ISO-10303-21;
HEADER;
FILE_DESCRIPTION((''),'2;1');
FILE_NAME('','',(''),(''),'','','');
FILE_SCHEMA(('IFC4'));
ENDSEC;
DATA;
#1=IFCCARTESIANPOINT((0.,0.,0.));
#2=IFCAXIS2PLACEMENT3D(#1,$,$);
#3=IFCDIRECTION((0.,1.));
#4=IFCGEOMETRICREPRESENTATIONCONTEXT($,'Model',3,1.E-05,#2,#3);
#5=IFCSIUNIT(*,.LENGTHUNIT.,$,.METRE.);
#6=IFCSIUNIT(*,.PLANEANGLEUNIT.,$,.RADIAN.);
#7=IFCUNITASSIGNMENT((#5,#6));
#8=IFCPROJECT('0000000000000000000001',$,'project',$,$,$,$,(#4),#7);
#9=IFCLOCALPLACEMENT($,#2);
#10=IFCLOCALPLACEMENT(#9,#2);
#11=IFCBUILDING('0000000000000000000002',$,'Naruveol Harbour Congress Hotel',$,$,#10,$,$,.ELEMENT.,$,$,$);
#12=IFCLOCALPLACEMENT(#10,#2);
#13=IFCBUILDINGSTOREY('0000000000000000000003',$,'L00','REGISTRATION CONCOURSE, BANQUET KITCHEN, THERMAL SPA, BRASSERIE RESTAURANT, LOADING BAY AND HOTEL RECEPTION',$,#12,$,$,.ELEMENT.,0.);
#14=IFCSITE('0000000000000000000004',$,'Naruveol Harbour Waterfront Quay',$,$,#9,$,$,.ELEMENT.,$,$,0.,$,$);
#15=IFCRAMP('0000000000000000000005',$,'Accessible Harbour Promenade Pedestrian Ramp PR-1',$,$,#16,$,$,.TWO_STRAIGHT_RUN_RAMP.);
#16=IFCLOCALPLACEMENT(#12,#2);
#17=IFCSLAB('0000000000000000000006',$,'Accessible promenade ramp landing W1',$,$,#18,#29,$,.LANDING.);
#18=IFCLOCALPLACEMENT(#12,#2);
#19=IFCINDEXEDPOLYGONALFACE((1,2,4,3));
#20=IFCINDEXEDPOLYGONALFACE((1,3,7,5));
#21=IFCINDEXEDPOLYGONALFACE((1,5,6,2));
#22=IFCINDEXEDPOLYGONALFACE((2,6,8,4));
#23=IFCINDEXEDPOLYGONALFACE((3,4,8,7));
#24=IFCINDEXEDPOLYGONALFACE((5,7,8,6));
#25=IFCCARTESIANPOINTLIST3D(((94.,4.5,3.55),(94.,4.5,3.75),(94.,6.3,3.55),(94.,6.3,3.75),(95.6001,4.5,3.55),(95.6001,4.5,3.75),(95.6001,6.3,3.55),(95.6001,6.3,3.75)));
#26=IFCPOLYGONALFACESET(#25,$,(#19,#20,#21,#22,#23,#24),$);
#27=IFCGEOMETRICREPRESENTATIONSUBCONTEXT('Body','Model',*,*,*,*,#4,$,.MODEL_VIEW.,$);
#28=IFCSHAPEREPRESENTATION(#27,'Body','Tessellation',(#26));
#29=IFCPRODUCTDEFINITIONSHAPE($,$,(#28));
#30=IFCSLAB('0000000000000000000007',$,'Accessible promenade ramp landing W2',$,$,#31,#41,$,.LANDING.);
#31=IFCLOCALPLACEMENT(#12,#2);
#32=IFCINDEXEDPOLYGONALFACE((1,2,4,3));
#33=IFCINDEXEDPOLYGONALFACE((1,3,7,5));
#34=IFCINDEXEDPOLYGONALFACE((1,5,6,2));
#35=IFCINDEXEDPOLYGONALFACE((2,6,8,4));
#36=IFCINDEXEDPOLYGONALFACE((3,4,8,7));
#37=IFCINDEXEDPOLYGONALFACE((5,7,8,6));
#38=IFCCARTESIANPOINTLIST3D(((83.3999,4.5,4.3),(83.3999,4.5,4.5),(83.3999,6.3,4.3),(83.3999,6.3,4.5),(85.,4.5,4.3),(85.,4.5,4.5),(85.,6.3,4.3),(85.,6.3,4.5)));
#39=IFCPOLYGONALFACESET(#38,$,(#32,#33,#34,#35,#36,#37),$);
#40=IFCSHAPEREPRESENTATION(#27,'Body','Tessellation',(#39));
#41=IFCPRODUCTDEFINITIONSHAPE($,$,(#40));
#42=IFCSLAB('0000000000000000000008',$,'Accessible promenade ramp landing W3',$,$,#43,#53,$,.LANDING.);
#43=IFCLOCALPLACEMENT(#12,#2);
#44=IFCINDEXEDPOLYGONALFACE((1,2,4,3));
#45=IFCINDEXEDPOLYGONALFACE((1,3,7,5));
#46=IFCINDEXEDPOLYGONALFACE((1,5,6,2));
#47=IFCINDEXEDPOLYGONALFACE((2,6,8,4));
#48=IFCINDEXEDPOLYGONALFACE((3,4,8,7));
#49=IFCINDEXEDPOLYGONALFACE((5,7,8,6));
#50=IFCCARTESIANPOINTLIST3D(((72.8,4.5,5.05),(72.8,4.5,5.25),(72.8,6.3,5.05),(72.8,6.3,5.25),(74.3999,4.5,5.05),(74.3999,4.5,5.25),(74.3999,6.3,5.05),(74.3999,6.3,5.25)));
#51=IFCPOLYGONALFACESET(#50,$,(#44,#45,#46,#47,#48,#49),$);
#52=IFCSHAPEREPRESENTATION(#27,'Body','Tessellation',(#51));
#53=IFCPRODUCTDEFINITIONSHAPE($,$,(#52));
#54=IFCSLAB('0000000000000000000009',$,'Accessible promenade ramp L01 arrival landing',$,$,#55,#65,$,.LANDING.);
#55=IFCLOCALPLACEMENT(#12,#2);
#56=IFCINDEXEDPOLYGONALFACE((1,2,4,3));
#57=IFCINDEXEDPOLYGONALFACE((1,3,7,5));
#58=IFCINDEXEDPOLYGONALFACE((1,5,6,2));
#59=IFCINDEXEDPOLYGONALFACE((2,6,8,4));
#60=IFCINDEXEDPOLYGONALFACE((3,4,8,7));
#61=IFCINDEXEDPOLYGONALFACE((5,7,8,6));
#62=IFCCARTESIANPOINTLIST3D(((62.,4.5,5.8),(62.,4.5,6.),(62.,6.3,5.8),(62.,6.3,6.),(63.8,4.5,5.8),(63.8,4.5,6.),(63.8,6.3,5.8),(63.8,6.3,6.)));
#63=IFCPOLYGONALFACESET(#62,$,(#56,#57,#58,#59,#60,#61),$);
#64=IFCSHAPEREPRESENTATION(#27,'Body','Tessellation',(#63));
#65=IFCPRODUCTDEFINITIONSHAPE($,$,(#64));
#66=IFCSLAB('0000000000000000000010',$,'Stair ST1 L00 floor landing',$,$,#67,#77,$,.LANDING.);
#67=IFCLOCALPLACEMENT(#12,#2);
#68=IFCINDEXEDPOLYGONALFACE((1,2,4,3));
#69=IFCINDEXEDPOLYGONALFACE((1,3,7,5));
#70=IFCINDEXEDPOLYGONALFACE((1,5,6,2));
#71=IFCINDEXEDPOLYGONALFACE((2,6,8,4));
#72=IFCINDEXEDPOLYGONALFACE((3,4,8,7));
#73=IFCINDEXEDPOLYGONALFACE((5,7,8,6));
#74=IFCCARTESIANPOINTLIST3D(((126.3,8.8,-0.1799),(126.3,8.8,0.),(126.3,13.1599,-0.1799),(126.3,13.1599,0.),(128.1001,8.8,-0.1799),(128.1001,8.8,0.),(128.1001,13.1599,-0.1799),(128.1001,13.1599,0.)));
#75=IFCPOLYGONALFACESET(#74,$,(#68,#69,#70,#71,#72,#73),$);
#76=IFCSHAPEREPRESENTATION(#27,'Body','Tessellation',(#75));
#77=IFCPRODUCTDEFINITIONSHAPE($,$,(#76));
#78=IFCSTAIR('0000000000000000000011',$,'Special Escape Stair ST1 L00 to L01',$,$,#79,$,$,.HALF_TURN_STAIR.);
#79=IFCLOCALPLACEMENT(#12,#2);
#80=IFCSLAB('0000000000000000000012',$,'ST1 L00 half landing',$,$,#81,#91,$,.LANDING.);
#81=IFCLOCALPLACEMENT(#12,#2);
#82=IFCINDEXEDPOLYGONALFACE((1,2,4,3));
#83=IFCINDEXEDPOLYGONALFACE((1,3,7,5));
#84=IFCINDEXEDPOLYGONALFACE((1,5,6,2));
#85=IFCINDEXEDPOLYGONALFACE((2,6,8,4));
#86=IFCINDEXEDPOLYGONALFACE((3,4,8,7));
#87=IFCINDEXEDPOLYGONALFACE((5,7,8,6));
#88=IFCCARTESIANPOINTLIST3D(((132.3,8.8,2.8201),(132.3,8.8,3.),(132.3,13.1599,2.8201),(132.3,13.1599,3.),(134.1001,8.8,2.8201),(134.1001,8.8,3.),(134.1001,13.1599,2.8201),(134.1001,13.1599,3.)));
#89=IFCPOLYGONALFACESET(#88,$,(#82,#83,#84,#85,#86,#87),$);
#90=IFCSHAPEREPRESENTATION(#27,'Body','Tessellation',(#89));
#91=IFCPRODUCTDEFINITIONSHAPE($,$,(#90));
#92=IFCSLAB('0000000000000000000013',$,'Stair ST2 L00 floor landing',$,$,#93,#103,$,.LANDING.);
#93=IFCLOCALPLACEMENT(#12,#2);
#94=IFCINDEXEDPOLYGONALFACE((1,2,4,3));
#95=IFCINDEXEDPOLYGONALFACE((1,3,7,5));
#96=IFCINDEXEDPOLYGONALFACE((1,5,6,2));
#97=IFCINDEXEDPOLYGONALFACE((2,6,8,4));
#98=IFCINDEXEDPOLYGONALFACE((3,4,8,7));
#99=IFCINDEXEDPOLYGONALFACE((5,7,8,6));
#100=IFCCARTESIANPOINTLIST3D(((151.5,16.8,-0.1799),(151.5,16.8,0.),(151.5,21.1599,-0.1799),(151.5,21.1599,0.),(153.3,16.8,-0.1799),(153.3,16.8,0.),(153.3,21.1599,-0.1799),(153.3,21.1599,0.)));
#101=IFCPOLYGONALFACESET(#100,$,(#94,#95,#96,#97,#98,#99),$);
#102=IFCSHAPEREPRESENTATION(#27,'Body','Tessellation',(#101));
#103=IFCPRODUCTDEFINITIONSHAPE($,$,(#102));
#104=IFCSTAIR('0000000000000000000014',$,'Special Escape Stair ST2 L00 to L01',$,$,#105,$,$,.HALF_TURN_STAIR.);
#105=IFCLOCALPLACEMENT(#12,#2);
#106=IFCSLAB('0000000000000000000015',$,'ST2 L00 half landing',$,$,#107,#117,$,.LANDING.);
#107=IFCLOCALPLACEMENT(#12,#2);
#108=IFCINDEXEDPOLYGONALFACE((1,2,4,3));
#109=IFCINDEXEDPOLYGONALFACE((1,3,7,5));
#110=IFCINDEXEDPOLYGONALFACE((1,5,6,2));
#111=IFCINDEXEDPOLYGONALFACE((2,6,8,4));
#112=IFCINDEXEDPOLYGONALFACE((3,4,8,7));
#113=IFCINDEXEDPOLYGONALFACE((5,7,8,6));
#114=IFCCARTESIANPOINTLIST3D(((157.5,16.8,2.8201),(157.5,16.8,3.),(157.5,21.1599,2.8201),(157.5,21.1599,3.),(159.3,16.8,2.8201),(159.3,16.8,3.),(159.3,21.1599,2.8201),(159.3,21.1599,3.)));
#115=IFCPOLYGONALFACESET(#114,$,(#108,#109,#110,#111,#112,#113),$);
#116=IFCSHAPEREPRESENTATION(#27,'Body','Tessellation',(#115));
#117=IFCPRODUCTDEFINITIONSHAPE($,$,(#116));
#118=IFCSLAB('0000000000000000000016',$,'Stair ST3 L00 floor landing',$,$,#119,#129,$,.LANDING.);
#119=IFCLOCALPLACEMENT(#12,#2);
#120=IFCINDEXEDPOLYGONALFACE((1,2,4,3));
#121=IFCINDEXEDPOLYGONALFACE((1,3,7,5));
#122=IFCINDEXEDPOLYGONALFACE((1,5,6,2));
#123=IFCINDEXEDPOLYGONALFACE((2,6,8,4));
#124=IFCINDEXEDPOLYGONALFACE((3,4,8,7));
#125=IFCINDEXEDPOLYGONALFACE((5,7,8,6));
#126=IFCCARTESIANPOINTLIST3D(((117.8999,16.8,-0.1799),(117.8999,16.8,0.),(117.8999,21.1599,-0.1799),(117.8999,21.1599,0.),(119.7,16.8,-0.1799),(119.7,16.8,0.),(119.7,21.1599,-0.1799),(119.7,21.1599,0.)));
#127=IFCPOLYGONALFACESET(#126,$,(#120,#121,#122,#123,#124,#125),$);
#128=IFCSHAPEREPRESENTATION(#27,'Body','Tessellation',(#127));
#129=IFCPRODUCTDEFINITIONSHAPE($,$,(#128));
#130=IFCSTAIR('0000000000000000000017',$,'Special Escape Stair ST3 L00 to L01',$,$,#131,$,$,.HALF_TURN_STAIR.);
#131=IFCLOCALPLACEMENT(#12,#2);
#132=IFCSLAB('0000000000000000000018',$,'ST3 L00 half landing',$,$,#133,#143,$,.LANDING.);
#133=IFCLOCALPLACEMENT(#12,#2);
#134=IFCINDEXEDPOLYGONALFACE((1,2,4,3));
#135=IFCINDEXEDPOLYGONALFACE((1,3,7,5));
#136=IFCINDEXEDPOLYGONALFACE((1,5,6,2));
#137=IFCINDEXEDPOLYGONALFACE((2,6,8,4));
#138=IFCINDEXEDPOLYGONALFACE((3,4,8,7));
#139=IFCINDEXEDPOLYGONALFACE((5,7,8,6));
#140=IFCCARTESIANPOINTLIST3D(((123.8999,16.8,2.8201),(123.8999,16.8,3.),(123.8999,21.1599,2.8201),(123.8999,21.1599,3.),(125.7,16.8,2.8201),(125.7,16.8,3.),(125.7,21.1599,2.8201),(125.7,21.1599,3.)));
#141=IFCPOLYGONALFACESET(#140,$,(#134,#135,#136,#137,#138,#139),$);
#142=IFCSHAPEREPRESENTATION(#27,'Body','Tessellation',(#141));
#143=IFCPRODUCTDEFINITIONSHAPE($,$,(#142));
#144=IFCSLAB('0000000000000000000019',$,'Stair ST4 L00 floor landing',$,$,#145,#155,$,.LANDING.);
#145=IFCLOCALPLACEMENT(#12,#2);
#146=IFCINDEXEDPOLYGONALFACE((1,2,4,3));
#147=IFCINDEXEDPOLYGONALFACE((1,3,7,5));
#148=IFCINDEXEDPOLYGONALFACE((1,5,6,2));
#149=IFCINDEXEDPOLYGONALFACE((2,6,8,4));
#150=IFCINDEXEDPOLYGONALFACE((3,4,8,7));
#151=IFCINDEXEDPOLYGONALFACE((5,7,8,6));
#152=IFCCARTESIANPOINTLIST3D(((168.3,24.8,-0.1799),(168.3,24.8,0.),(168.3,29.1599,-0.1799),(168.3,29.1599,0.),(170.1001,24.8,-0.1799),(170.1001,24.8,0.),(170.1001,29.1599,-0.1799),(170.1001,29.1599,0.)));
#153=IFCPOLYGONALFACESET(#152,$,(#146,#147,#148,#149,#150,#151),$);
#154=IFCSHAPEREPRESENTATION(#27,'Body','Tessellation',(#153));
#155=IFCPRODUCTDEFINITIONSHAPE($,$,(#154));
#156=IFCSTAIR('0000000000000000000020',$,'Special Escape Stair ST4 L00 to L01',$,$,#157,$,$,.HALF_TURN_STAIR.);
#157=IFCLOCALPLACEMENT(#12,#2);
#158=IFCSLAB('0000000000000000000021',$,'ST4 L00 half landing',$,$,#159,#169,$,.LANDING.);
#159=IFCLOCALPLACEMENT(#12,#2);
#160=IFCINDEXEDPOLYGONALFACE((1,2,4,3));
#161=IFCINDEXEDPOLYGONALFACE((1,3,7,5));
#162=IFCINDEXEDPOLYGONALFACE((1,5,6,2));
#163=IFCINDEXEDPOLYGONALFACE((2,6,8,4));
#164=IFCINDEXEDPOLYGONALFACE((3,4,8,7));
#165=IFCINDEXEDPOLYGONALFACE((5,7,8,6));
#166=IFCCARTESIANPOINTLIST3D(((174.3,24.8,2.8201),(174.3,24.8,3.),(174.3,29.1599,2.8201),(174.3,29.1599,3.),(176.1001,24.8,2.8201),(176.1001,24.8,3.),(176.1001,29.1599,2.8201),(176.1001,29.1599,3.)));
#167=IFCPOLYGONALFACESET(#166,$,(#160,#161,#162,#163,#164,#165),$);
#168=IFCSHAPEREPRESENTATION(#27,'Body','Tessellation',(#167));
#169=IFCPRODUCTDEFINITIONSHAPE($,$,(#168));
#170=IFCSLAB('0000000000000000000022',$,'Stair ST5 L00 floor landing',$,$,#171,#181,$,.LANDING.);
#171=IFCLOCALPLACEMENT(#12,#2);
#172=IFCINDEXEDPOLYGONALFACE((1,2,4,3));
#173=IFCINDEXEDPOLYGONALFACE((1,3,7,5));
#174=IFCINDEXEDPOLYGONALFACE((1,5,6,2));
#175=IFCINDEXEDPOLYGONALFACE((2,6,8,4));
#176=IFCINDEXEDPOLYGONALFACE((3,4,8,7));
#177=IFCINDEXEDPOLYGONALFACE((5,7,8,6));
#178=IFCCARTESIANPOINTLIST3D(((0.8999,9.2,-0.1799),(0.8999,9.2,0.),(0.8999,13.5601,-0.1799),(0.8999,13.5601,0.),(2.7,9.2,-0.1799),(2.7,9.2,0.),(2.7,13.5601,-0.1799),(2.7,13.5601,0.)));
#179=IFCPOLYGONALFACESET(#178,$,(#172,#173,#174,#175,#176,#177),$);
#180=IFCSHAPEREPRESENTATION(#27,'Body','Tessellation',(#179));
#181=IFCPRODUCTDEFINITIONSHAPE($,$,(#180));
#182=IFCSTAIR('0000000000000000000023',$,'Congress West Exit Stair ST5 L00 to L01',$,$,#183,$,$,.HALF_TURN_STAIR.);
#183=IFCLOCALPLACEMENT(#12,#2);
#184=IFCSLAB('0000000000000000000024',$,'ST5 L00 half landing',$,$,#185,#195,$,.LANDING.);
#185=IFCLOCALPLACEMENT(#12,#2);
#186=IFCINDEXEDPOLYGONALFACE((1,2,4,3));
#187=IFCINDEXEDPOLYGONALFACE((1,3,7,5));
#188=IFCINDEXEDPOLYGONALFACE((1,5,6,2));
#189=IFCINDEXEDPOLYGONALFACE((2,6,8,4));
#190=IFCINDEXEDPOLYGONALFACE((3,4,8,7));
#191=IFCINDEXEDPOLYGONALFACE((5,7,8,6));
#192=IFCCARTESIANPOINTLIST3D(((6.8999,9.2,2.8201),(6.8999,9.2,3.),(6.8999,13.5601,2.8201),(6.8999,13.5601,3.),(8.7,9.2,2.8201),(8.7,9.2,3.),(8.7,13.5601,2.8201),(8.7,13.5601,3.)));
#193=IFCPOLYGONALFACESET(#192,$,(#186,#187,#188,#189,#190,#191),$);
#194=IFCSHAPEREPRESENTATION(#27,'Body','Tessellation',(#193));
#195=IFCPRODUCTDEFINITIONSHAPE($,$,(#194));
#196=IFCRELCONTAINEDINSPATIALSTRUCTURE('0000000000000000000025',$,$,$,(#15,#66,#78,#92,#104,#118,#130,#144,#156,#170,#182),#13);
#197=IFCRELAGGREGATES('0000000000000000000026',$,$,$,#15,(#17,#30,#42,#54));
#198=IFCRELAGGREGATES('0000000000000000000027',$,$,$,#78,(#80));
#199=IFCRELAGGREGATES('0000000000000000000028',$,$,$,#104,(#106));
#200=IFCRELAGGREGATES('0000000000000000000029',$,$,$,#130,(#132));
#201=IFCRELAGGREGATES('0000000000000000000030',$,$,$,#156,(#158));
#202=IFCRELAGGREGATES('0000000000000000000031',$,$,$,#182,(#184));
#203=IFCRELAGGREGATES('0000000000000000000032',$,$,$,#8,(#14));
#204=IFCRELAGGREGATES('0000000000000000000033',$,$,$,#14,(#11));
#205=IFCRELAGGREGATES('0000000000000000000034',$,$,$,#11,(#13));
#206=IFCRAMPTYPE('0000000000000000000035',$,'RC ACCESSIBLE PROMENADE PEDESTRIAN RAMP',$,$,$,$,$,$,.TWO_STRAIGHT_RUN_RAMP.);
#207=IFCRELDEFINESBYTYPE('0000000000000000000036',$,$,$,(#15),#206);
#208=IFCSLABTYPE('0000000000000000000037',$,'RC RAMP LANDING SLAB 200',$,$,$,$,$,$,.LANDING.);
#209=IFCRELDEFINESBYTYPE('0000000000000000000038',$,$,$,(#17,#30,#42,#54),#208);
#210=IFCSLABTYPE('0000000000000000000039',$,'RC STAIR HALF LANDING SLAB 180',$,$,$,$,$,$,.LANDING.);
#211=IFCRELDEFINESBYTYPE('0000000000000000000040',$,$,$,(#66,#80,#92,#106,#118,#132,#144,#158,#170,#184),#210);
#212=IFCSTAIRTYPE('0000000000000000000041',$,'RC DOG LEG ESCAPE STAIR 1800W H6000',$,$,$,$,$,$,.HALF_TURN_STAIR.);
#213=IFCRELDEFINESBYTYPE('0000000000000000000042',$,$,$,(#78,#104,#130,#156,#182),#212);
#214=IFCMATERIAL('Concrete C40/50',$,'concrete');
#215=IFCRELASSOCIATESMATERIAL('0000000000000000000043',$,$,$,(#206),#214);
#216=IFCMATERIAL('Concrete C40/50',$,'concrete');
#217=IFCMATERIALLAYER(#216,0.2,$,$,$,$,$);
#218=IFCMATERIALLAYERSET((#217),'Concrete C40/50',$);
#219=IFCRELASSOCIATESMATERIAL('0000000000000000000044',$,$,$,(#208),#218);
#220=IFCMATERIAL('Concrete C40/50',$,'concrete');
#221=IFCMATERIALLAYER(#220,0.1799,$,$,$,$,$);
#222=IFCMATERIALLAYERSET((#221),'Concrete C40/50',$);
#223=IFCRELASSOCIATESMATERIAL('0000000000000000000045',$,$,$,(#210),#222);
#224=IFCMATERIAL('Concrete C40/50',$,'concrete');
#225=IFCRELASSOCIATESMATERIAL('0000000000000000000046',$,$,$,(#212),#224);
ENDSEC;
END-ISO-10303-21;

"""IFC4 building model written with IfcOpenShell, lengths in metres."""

from ifc_helpers import new_model, si_unit, direction, frame, origin, place, context, subcontext, project, spatial, polyline, outline, extrude, material, layer, layer_set, type_object, element, aggregate, save


model = new_model("IFC4")

# Units and contexts
model_context = context("Model", 3, precision=1e-05, world=origin(), true_north=direction((0.0, 1.0)))
body_context = subcontext(model_context, "Body", "Model", "MODEL_VIEW")
ifc_project = project(units=[si_unit("LENGTHUNIT", "METRE"), si_unit("PLANEANGLEUNIT", "RADIAN")], contexts=[model_context])

# Site, building, storey
site_placement = place(None, origin())
site = spatial("IfcSite", under=ifc_project, at=site_placement, Name="Naruveol Harbour Waterfront Quay", CompositionType="ELEMENT", RefElevation=0.0)
building_placement = place(site_placement, origin())
building = spatial("IfcBuilding", under=site, at=building_placement, Name="Naruveol Harbour Congress Hotel", CompositionType="ELEMENT")
storey_placement = place(building_placement, origin())
storey = spatial("IfcBuildingStorey", under=building, at=storey_placement, Name="L00", Description="REGISTRATION CONCOURSE, BANQUET KITCHEN, THERMAL SPA, BRASSERIE RESTAURANT, LOADING BAY AND HOTEL RECEPTION", CompositionType="ELEMENT", Elevation=0.0)

# Ramp, slabs
ifc_material_1 = material(Name="Concrete C40/50", Category="concrete")
ramp_type = type_object("IfcRampType", Name="RC ACCESSIBLE PROMENADE PEDESTRIAN RAMP", PredefinedType="TWO_STRAIGHT_RUN_RAMP", material=ifc_material_1)
ramp_placement = place(storey_placement, origin())
ramp = element("IfcRamp", 1, at=ramp_placement, inside=storey, type_object=ramp_type, Name="Accessible Harbour Promenade Pedestrian Ramp PR-1", PredefinedType="TWO_STRAIGHT_RUN_RAMP")
ifc_material_2 = material(Name="Concrete C40/50", Category="concrete")
ifc_layer_1 = layer(ifc_material_2, 0.2)
ifc_layer_set_1 = layer_set([ifc_layer_1], Name="Concrete C40/50")
slab_type_1 = type_object("IfcSlabType", Name="RC RAMP LANDING SLAB 200", PredefinedType="LANDING", material=ifc_layer_set_1)
slab_1_placement = place(storey_placement, frame((0.0, 0.0, 3.55)))
slab_1 = element("IfcSlab", 2, at=slab_1_placement, type_object=slab_type_1, Name="Accessible promenade ramp landing W1", PredefinedType="LANDING", context=body_context, shape_type="SweptSolid", body=[
    extrude(outline(polyline([(94.0, 4.5), (95.6001, 4.5), (95.6001, 6.3), (94.0, 6.3), (94.0, 4.5)])), origin(), (0.0, 0.0, 1.0), 0.2),
])
slab_2_placement = place(storey_placement, frame((0.0, 0.0, 4.3)))
slab_2 = element("IfcSlab", 3, at=slab_2_placement, type_object=slab_type_1, Name="Accessible promenade ramp landing W2", PredefinedType="LANDING", context=body_context, shape_type="SweptSolid", body=[
    extrude(outline(polyline([(83.3999, 4.5), (85.0, 4.5), (85.0, 6.3), (83.3999, 6.3), (83.3999, 4.5)])), origin(), (0.0, 0.0, 1.0), 0.2),
])
slab_3_placement = place(storey_placement, frame((0.0, 0.0, 5.05)))
slab_3 = element("IfcSlab", 4, at=slab_3_placement, type_object=slab_type_1, Name="Accessible promenade ramp landing W3", PredefinedType="LANDING", context=body_context, shape_type="SweptSolid", body=[
    extrude(outline(polyline([(72.8, 4.5), (74.3999, 4.5), (74.3999, 6.3), (72.8, 6.3), (72.8, 4.5)])), origin(), (0.0, 0.0, 1.0), 0.2),
])
slab_4_placement = place(storey_placement, frame((0.0, 0.0, 5.8)))
slab_4 = element("IfcSlab", 5, at=slab_4_placement, type_object=slab_type_1, Name="Accessible promenade ramp L01 arrival landing", PredefinedType="LANDING", context=body_context, shape_type="SweptSolid", body=[
    extrude(outline(polyline([(62.0, 4.5), (63.8, 4.5), (63.8, 6.3), (62.0, 6.3), (62.0, 4.5)])), origin(), (0.0, 0.0, 1.0), 0.2),
])
aggregate(ramp, [slab_1, slab_2, slab_3, slab_4])

# Slab
ifc_material_3 = material(Name="Concrete C40/50", Category="concrete")
ifc_layer_2 = layer(ifc_material_3, 0.1799)
ifc_layer_set_2 = layer_set([ifc_layer_2], Name="Concrete C40/50")
slab_type_2 = type_object("IfcSlabType", Name="RC STAIR HALF LANDING SLAB 180", PredefinedType="LANDING", material=ifc_layer_set_2)
slab_5_placement = place(storey_placement, frame((0.0, 0.0, -0.1799)))
element("IfcSlab", 6, at=slab_5_placement, inside=storey, type_object=slab_type_2, Name="Stair ST1 L00 floor landing", PredefinedType="LANDING", context=body_context, shape_type="SweptSolid", body=[
    extrude(outline(polyline([(126.3, 8.8), (128.1001, 8.8), (128.1001, 13.1599), (126.3, 13.1599), (126.3, 8.8)])), origin(), (0.0, 0.0, 1.0), 0.1799),
])

# Stair, slab
ifc_material_4 = material(Name="Concrete C40/50", Category="concrete")
stair_type = type_object("IfcStairType", Name="RC DOG LEG ESCAPE STAIR 1800W H6000", PredefinedType="HALF_TURN_STAIR", material=ifc_material_4)
stair_1_placement = place(storey_placement, origin())
stair_1 = element("IfcStair", 7, at=stair_1_placement, inside=storey, type_object=stair_type, Name="Special Escape Stair ST1 L00 to L01", PredefinedType="HALF_TURN_STAIR")
slab_6_placement = place(storey_placement, frame((0.0, 0.0, 2.8201)))
slab_6 = element("IfcSlab", 8, at=slab_6_placement, type_object=slab_type_2, Name="ST1 L00 half landing", PredefinedType="LANDING", context=body_context, shape_type="SweptSolid", body=[
    extrude(outline(polyline([(132.3, 8.8), (134.1001, 8.8), (134.1001, 13.1599), (132.3, 13.1599), (132.3, 8.8)])), origin(), (0.0, 0.0, 1.0), 0.1799),
])
aggregate(stair_1, [slab_6])

# Slab
slab_7_placement = place(storey_placement, frame((0.0, 0.0, -0.1799)))
element("IfcSlab", 9, at=slab_7_placement, inside=storey, type_object=slab_type_2, Name="Stair ST2 L00 floor landing", PredefinedType="LANDING", context=body_context, shape_type="SweptSolid", body=[
    extrude(outline(polyline([(151.5, 16.8), (153.3, 16.8), (153.3, 21.1599), (151.5, 21.1599), (151.5, 16.8)])), origin(), (0.0, 0.0, 1.0), 0.1799),
])

# Stair, slab
stair_2_placement = place(storey_placement, origin())
stair_2 = element("IfcStair", 10, at=stair_2_placement, inside=storey, type_object=stair_type, Name="Special Escape Stair ST2 L00 to L01", PredefinedType="HALF_TURN_STAIR")
slab_8_placement = place(storey_placement, frame((0.0, 0.0, 2.8201)))
slab_8 = element("IfcSlab", 11, at=slab_8_placement, type_object=slab_type_2, Name="ST2 L00 half landing", PredefinedType="LANDING", context=body_context, shape_type="SweptSolid", body=[
    extrude(outline(polyline([(157.5, 16.8), (159.3, 16.8), (159.3, 21.1599), (157.5, 21.1599), (157.5, 16.8)])), origin(), (0.0, 0.0, 1.0), 0.1799),
])
aggregate(stair_2, [slab_8])

# Slab
slab_9_placement = place(storey_placement, frame((0.0, 0.0, -0.1799)))
element("IfcSlab", 12, at=slab_9_placement, inside=storey, type_object=slab_type_2, Name="Stair ST3 L00 floor landing", PredefinedType="LANDING", context=body_context, shape_type="SweptSolid", body=[
    extrude(outline(polyline([(117.8999, 16.8), (119.7, 16.8), (119.7, 21.1599), (117.8999, 21.1599), (117.8999, 16.8)])), origin(), (0.0, 0.0, 1.0), 0.1799),
])

# Stair, slab
stair_3_placement = place(storey_placement, origin())
stair_3 = element("IfcStair", 13, at=stair_3_placement, inside=storey, type_object=stair_type, Name="Special Escape Stair ST3 L00 to L01", PredefinedType="HALF_TURN_STAIR")
slab_10_placement = place(storey_placement, frame((0.0, 0.0, 2.8201)))
slab_10 = element("IfcSlab", 14, at=slab_10_placement, type_object=slab_type_2, Name="ST3 L00 half landing", PredefinedType="LANDING", context=body_context, shape_type="SweptSolid", body=[
    extrude(outline(polyline([(123.8999, 16.8), (125.7, 16.8), (125.7, 21.1599), (123.8999, 21.1599), (123.8999, 16.8)])), origin(), (0.0, 0.0, 1.0), 0.1799),
])
aggregate(stair_3, [slab_10])

# Slab
slab_11_placement = place(storey_placement, frame((0.0, 0.0, -0.1799)))
element("IfcSlab", 15, at=slab_11_placement, inside=storey, type_object=slab_type_2, Name="Stair ST4 L00 floor landing", PredefinedType="LANDING", context=body_context, shape_type="SweptSolid", body=[
    extrude(outline(polyline([(168.3, 24.8), (170.1001, 24.8), (170.1001, 29.1599), (168.3, 29.1599), (168.3, 24.8)])), origin(), (0.0, 0.0, 1.0), 0.1799),
])

# Stair, slab
stair_4_placement = place(storey_placement, origin())
stair_4 = element("IfcStair", 16, at=stair_4_placement, inside=storey, type_object=stair_type, Name="Special Escape Stair ST4 L00 to L01", PredefinedType="HALF_TURN_STAIR")
slab_12_placement = place(storey_placement, frame((0.0, 0.0, 2.8201)))
slab_12 = element("IfcSlab", 17, at=slab_12_placement, type_object=slab_type_2, Name="ST4 L00 half landing", PredefinedType="LANDING", context=body_context, shape_type="SweptSolid", body=[
    extrude(outline(polyline([(174.3, 24.8), (176.1001, 24.8), (176.1001, 29.1599), (174.3, 29.1599), (174.3, 24.8)])), origin(), (0.0, 0.0, 1.0), 0.1799),
])
aggregate(stair_4, [slab_12])

# Slab
slab_13_placement = place(storey_placement, frame((0.0, 0.0, -0.1799)))
element("IfcSlab", 18, at=slab_13_placement, inside=storey, type_object=slab_type_2, Name="Stair ST5 L00 floor landing", PredefinedType="LANDING", context=body_context, shape_type="SweptSolid", body=[
    extrude(outline(polyline([(0.8999, 9.2), (2.7, 9.2), (2.7, 13.5601), (0.8999, 13.5601), (0.8999, 9.2)])), origin(), (0.0, 0.0, 1.0), 0.1799),
])

# Stair, slab
stair_5_placement = place(storey_placement, origin())
stair_5 = element("IfcStair", 19, at=stair_5_placement, inside=storey, type_object=stair_type, Name="Congress West Exit Stair ST5 L00 to L01", PredefinedType="HALF_TURN_STAIR")
slab_14_placement = place(storey_placement, frame((0.0, 0.0, 2.8201)))
slab_14 = element("IfcSlab", 20, at=slab_14_placement, type_object=slab_type_2, Name="ST5 L00 half landing", PredefinedType="LANDING", context=body_context, shape_type="SweptSolid", body=[
    extrude(outline(polyline([(6.8999, 9.2), (8.7, 9.2), (8.7, 13.5601), (6.8999, 13.5601), (6.8999, 9.2)])), origin(), (0.0, 0.0, 1.0), 0.1799),
])
aggregate(stair_5, [slab_14])

save(model, "model.ifc")
